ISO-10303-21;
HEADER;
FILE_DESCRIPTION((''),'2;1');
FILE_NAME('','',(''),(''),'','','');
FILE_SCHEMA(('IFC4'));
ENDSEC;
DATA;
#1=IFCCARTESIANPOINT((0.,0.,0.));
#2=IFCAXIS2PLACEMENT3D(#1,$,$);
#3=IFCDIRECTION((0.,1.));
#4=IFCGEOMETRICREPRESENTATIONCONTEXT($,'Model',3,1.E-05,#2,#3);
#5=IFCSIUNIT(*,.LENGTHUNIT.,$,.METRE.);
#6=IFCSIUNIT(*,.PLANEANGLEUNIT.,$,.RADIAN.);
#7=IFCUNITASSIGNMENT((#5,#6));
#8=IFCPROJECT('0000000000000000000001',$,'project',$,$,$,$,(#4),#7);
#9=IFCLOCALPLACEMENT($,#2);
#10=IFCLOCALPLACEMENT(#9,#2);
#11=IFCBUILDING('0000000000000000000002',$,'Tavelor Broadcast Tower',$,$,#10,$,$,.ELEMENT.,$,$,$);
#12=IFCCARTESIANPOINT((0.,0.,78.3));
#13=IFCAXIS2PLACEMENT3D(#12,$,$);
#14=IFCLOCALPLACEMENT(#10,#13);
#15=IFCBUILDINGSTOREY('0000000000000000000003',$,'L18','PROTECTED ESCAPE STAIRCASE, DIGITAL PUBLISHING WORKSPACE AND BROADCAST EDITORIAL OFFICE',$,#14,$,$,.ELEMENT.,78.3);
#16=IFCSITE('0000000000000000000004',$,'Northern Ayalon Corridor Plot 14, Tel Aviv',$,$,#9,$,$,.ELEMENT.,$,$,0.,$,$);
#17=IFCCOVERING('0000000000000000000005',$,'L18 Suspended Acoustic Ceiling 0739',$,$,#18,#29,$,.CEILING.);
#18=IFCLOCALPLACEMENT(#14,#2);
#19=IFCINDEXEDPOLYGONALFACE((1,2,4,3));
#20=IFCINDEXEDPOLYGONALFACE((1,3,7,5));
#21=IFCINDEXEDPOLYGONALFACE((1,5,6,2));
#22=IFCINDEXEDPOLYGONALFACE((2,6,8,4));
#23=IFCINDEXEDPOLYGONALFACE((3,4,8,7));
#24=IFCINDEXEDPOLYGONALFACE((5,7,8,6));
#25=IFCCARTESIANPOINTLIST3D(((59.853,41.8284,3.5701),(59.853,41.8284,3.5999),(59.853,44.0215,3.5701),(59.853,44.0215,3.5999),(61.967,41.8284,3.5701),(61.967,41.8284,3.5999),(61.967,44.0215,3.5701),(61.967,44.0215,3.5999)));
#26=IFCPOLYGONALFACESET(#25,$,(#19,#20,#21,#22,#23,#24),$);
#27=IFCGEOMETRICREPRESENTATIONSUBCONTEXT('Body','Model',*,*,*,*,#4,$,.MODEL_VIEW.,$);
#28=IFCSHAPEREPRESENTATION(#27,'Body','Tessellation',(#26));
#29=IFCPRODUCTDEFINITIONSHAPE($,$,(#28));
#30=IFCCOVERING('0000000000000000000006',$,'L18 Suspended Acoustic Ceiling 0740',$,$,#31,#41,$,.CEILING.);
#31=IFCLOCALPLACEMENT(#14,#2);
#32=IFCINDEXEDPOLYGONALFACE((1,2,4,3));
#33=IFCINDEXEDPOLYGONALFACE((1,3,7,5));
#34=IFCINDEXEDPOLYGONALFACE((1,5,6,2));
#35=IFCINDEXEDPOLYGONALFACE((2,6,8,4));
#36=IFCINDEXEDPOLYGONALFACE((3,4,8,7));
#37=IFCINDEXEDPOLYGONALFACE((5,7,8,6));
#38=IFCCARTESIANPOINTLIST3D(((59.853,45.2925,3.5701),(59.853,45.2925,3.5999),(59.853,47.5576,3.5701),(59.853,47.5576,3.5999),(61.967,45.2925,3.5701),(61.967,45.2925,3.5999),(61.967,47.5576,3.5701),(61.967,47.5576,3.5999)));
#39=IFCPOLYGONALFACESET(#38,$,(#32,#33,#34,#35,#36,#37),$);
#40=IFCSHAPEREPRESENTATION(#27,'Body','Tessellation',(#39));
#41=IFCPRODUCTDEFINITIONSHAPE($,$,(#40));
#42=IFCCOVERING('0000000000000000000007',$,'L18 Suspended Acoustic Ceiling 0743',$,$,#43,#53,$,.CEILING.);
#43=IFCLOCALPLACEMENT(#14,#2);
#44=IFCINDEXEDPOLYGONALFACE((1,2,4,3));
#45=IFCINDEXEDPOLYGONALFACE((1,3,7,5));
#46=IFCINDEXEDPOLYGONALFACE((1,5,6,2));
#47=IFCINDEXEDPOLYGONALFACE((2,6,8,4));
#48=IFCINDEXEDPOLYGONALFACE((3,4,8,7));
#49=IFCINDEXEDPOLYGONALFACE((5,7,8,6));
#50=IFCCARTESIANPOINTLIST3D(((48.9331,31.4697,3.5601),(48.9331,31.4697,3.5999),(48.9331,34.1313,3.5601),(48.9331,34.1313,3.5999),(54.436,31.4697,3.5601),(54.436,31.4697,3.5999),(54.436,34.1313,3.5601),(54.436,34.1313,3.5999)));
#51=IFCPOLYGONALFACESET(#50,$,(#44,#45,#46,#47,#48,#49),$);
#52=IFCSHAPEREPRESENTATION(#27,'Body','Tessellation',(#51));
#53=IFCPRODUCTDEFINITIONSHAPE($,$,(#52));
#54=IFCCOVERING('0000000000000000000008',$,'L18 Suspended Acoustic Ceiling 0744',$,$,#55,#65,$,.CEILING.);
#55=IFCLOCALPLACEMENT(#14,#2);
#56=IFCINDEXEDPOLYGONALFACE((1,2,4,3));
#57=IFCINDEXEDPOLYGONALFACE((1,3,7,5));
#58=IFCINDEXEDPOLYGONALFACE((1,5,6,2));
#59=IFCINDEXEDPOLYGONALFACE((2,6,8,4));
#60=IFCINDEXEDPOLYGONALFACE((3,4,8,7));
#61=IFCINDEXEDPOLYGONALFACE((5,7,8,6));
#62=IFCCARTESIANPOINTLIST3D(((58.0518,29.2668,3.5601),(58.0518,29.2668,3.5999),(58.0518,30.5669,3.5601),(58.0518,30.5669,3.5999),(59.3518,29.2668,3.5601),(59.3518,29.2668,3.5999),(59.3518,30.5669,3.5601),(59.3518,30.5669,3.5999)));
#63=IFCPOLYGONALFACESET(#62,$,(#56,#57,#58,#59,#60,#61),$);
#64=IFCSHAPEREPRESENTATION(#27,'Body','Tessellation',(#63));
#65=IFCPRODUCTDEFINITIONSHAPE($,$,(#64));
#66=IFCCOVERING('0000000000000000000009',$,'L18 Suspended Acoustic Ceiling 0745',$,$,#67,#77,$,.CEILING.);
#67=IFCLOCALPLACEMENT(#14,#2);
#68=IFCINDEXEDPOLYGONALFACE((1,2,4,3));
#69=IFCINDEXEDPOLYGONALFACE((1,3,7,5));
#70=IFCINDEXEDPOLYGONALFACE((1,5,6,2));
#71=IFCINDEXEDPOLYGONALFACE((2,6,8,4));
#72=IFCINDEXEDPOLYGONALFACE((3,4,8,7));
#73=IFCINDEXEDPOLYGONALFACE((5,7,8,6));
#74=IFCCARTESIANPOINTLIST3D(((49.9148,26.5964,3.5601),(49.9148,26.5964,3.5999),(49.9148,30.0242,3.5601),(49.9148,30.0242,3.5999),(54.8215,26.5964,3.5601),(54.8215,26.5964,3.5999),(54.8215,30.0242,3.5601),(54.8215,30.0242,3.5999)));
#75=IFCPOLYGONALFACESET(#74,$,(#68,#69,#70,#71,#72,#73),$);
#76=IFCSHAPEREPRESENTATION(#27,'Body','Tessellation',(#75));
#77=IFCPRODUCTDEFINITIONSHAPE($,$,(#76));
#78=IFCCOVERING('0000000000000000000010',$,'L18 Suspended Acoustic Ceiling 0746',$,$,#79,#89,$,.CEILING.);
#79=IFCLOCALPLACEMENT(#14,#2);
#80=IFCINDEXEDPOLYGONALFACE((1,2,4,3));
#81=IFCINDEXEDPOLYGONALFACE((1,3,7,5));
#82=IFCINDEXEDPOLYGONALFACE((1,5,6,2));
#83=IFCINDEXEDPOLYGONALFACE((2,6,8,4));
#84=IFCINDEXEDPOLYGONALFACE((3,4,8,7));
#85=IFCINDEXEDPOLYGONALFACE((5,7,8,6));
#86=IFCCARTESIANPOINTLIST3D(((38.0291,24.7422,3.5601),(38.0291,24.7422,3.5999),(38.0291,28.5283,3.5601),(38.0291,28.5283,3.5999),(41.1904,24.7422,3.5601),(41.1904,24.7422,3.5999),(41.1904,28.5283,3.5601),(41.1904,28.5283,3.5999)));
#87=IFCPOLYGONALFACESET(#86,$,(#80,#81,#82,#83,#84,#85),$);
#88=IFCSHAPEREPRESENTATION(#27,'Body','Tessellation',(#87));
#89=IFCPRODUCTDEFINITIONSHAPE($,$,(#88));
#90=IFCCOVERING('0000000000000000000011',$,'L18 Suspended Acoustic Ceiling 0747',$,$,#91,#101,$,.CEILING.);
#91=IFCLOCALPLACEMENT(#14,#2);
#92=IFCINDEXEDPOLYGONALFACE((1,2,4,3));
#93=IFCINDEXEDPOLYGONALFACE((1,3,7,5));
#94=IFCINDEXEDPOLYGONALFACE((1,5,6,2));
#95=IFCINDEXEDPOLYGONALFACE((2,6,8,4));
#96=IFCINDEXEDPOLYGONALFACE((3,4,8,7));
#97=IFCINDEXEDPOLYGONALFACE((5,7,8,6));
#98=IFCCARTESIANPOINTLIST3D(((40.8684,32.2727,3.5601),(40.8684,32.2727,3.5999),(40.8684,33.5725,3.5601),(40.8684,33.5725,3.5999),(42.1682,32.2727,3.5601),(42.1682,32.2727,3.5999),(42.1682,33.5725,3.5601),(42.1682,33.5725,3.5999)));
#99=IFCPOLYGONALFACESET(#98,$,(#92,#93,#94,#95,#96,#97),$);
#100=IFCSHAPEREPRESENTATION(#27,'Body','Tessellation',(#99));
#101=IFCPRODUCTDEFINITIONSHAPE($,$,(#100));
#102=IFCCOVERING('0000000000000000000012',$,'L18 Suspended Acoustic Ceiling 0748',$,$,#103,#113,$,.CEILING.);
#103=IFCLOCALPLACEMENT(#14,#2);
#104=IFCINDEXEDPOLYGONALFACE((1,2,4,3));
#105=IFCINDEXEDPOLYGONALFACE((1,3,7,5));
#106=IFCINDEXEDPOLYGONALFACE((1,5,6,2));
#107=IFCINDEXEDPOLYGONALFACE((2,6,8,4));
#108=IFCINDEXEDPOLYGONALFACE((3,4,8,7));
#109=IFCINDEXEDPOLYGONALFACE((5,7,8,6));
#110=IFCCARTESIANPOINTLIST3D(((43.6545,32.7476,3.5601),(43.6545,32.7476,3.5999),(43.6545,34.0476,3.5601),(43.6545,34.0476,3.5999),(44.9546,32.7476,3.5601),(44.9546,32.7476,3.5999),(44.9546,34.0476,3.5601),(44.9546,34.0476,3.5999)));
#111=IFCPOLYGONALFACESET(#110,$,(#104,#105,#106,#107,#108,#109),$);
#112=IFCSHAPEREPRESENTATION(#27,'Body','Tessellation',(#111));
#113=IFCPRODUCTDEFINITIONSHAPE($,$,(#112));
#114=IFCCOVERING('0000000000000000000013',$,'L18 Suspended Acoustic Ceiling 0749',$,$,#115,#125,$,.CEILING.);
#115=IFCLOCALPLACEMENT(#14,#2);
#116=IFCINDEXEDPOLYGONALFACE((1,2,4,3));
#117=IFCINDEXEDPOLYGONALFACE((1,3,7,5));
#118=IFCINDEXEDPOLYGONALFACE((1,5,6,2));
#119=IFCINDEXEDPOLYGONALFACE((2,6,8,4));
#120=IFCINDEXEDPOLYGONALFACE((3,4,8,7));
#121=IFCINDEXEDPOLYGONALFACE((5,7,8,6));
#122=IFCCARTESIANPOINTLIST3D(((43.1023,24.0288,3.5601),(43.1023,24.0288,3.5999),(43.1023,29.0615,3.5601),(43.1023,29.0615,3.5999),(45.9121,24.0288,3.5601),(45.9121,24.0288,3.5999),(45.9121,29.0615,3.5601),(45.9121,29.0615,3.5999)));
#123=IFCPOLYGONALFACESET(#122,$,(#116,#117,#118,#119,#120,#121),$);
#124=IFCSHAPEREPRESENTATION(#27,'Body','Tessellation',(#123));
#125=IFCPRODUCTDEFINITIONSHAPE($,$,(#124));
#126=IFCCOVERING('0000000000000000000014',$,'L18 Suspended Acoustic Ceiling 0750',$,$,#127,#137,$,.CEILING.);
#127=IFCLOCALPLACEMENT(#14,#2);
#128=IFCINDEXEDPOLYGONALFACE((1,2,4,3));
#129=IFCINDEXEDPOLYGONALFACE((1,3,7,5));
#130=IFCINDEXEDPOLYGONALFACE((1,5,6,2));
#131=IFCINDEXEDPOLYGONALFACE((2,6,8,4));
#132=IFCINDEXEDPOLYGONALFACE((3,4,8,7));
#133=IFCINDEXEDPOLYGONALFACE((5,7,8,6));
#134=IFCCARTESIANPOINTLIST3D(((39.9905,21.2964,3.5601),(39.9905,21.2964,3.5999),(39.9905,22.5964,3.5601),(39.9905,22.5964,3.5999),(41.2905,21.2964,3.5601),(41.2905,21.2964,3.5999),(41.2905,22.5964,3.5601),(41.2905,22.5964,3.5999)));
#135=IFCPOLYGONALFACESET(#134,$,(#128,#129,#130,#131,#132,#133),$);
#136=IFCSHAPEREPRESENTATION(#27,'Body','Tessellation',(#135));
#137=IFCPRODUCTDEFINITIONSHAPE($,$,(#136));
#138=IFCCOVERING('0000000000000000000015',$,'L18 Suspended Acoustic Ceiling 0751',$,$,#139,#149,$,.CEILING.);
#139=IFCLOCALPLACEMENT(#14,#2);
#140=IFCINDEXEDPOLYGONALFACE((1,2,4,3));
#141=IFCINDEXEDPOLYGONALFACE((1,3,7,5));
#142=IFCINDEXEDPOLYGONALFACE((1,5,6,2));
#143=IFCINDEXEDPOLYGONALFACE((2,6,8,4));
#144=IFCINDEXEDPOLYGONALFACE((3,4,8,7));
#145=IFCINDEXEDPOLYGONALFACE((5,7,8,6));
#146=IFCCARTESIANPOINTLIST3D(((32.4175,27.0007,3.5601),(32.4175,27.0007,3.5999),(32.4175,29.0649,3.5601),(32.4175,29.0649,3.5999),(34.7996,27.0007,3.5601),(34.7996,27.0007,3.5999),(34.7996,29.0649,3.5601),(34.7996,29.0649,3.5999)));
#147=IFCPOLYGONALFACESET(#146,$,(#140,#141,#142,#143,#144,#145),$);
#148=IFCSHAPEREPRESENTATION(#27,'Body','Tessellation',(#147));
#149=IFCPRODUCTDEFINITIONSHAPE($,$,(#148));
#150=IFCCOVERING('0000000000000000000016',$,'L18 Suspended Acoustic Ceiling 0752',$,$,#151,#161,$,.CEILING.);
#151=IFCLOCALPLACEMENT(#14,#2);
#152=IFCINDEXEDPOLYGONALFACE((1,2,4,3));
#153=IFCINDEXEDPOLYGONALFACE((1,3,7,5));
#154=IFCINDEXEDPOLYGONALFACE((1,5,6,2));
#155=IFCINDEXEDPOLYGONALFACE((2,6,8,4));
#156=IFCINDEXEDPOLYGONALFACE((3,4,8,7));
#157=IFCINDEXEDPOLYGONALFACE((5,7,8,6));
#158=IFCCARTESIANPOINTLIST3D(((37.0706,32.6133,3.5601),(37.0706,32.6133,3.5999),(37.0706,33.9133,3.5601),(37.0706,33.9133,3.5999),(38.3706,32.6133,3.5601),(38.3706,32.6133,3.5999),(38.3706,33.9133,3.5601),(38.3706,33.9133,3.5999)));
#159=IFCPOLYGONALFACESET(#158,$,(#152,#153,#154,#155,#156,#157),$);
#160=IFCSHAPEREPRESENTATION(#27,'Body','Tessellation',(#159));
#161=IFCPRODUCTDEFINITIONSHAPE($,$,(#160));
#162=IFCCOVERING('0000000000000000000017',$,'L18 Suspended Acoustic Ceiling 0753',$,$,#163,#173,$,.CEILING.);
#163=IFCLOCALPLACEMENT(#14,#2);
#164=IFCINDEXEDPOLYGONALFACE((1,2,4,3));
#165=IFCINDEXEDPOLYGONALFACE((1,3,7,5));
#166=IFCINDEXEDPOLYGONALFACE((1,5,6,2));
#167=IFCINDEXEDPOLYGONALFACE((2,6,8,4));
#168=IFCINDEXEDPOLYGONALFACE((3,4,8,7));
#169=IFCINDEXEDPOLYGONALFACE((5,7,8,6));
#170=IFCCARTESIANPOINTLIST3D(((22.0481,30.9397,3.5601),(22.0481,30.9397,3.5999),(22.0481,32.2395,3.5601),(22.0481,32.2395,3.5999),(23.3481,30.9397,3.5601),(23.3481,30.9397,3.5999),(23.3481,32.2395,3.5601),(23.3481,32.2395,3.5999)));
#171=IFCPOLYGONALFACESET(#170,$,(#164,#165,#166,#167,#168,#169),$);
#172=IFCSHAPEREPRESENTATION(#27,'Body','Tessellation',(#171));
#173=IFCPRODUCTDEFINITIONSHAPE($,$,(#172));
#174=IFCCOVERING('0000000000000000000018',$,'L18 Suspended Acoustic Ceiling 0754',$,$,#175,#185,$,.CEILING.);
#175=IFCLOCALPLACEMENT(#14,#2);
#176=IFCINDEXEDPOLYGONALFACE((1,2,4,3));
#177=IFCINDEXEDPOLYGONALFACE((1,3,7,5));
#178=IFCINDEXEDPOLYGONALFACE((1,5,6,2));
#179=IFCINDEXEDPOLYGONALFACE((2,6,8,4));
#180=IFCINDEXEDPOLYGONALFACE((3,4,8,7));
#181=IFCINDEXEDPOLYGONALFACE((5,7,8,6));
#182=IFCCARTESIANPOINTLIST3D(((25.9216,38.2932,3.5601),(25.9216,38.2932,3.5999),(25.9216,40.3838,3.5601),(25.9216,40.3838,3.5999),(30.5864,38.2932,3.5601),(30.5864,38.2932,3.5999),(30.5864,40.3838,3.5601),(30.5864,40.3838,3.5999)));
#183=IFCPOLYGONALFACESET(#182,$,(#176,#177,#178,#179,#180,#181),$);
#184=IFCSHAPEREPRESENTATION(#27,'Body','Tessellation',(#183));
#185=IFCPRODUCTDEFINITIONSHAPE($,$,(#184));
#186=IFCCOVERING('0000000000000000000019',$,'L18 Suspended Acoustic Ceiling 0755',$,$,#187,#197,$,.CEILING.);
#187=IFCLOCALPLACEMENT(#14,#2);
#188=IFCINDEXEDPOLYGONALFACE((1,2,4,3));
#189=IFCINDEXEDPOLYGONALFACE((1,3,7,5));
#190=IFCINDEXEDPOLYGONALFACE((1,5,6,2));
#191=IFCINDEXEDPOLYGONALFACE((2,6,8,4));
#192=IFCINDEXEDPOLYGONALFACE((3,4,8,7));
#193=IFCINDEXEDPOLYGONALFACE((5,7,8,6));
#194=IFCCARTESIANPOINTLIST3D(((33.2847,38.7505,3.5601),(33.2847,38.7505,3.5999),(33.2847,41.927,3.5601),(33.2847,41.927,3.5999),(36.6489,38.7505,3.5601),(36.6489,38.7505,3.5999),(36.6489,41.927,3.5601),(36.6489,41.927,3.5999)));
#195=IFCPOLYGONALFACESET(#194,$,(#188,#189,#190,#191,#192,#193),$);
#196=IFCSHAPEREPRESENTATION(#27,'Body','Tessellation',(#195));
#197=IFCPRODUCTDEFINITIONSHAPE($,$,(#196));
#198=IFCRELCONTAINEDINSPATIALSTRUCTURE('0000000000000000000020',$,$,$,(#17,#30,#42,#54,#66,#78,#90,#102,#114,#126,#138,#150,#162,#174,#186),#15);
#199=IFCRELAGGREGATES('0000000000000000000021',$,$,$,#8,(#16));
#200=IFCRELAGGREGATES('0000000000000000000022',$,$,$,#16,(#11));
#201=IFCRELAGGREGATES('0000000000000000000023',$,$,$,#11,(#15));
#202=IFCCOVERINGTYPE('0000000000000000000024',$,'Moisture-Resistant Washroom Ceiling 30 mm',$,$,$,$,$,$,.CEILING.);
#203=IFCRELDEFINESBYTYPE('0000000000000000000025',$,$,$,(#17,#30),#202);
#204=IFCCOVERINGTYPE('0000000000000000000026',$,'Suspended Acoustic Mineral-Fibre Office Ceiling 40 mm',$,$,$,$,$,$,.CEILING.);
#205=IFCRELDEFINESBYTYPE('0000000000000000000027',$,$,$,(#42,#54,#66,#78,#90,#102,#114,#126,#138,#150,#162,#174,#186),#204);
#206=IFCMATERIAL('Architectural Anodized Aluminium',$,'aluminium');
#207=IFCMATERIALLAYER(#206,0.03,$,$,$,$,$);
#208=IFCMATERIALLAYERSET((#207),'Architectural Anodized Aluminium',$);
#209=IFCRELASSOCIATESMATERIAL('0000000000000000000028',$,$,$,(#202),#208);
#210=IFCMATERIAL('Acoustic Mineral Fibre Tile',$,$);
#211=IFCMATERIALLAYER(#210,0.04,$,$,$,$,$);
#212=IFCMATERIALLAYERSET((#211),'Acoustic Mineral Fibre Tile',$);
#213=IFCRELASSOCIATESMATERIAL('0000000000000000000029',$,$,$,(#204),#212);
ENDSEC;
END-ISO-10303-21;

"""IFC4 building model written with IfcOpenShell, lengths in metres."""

from ifc_helpers import new_model, si_unit, direction, frame, origin, place, context, subcontext, project, spatial, polyline, outline, extrude, material, layer, layer_set, type_object, element, save


model = new_model("IFC4")

# Units and contexts
model_context = context("Model", 3, precision=1e-05, world=origin(), true_north=direction((0.0, 1.0)))
body_context = subcontext(model_context, "Body", "Model", "MODEL_VIEW")
ifc_project = project(units=[si_unit("LENGTHUNIT", "METRE"), si_unit("PLANEANGLEUNIT", "RADIAN")], contexts=[model_context])

# Site, building, storey
site_placement = place(None, origin())
site = spatial("IfcSite", under=ifc_project, at=site_placement, Name="Northern Ayalon Corridor Plot 14, Tel Aviv", CompositionType="ELEMENT", RefElevation=0.0)
building_placement = place(site_placement, origin())
building = spatial("IfcBuilding", under=site, at=building_placement, Name="Tavelor Broadcast Tower", CompositionType="ELEMENT")
storey_placement = place(building_placement, frame((0.0, 0.0, 78.3)))
storey = spatial("IfcBuildingStorey", under=building, at=storey_placement, Name="L18", Description="PROTECTED ESCAPE STAIRCASE, DIGITAL PUBLISHING WORKSPACE AND BROADCAST EDITORIAL OFFICE", CompositionType="ELEMENT", Elevation=78.3)

# Coverings
ifc_material_1 = material(Name="Architectural Anodized Aluminium", Category="aluminium")
ifc_layer_1 = layer(ifc_material_1, 0.03)
ifc_layer_set_1 = layer_set([ifc_layer_1], Name="Architectural Anodized Aluminium")
covering_type_1 = type_object("IfcCoveringType", Name="Moisture-Resistant Washroom Ceiling 30 mm", PredefinedType="CEILING", material=ifc_layer_set_1)
covering_1_placement = place(storey_placement, frame((0.0, 0.0, 3.5701)))
element("IfcCovering", 1, at=covering_1_placement, inside=storey, type_object=covering_type_1, Name="L18 Suspended Acoustic Ceiling 0739", PredefinedType="CEILING", context=body_context, shape_type="SweptSolid", body=[
    extrude(outline(polyline([(59.853, 41.8284), (61.967, 41.8284), (61.967, 44.0215), (59.853, 44.0215), (59.853, 41.8284)])), origin(), (0.0, 0.0, 1.0), 0.0298),
])
covering_2_placement = place(storey_placement, frame((0.0, 0.0, 3.5701)))
element("IfcCovering", 2, at=covering_2_placement, inside=storey, type_object=covering_type_1, Name="L18 Suspended Acoustic Ceiling 0740", PredefinedType="CEILING", context=body_context, shape_type="SweptSolid", body=[
    extrude(outline(polyline([(59.853, 45.2925), (61.967, 45.2925), (61.967, 47.5576), (59.853, 47.5576), (59.853, 45.2925)])), origin(), (0.0, 0.0, 1.0), 0.0298),
])
ifc_material_2 = material(Name="Acoustic Mineral Fibre Tile")
ifc_layer_2 = layer(ifc_material_2, 0.04)
ifc_layer_set_2 = layer_set([ifc_layer_2], Name="Acoustic Mineral Fibre Tile")
covering_type_2 = type_object("IfcCoveringType", Name="Suspended Acoustic Mineral-Fibre Office Ceiling 40 mm", PredefinedType="CEILING", material=ifc_layer_set_2)
covering_3_placement = place(storey_placement, frame((0.0, 0.0, 3.5601)))
element("IfcCovering", 3, at=covering_3_placement, inside=storey, type_object=covering_type_2, Name="L18 Suspended Acoustic Ceiling 0743", PredefinedType="CEILING", context=body_context, shape_type="SweptSolid", body=[
    extrude(outline(polyline([(48.9331, 31.4697), (54.436, 31.4697), (54.436, 34.1313), (48.9331, 34.1313), (48.9331, 31.4697)])), origin(), (0.0, 0.0, 1.0), 0.0398),
])
covering_4_placement = place(storey_placement, frame((0.0, 0.0, 3.5601)))
element("IfcCovering", 4, at=covering_4_placement, inside=storey, type_object=covering_type_2, Name="L18 Suspended Acoustic Ceiling 0744", PredefinedType="CEILING", context=body_context, shape_type="SweptSolid", body=[
    extrude(outline(polyline([(58.0518, 29.2668), (59.3518, 29.2668), (59.3518, 30.5669), (58.0518, 30.5669), (58.0518, 29.2668)])), origin(), (0.0, 0.0, 1.0), 0.0398),
])
covering_5_placement = place(storey_placement, frame((0.0, 0.0, 3.5601)))
element("IfcCovering", 5, at=covering_5_placement, inside=storey, type_object=covering_type_2, Name="L18 Suspended Acoustic Ceiling 0745", PredefinedType="CEILING", context=body_context, shape_type="SweptSolid", body=[
    extrude(outline(polyline([(49.9148, 26.5964), (54.8215, 26.5964), (54.8215, 30.0242), (49.9148, 30.0242), (49.9148, 26.5964)])), origin(), (0.0, 0.0, 1.0), 0.0398),
])
covering_6_placement = place(storey_placement, frame((0.0, 0.0, 3.5601)))
element("IfcCovering", 6, at=covering_6_placement, inside=storey, type_object=covering_type_2, Name="L18 Suspended Acoustic Ceiling 0746", PredefinedType="CEILING", context=body_context, shape_type="SweptSolid", body=[
    extrude(outline(polyline([(38.0291, 24.7422), (41.1904, 24.7422), (41.1904, 28.5283), (38.0291, 28.5283), (38.0291, 24.7422)])), origin(), (0.0, 0.0, 1.0), 0.0398),
])
covering_7_placement = place(storey_placement, frame((0.0, 0.0, 3.5601)))
element("IfcCovering", 7, at=covering_7_placement, inside=storey, type_object=covering_type_2, Name="L18 Suspended Acoustic Ceiling 0747", PredefinedType="CEILING", context=body_context, shape_type="SweptSolid", body=[
    extrude(outline(polyline([(40.8684, 32.2727), (42.1682, 32.2727), (42.1682, 33.5725), (40.8684, 33.5725), (40.8684, 32.2727)])), origin(), (0.0, 0.0, 1.0), 0.0398),
])
covering_8_placement = place(storey_placement, frame((0.0, 0.0, 3.5601)))
element("IfcCovering", 8, at=covering_8_placement, inside=storey, type_object=covering_type_2, Name="L18 Suspended Acoustic Ceiling 0748", PredefinedType="CEILING", context=body_context, shape_type="SweptSolid", body=[
    extrude(outline(polyline([(43.6545, 32.7476), (44.9546, 32.7476), (44.9546, 34.0476), (43.6545, 34.0476), (43.6545, 32.7476)])), origin(), (0.0, 0.0, 1.0), 0.0398),
])
covering_9_placement = place(storey_placement, frame((0.0, 0.0, 3.5601)))
element("IfcCovering", 9, at=covering_9_placement, inside=storey, type_object=covering_type_2, Name="L18 Suspended Acoustic Ceiling 0749", PredefinedType="CEILING", context=body_context, shape_type="SweptSolid", body=[
    extrude(outline(polyline([(43.1023, 24.0288), (45.9121, 24.0288), (45.9121, 29.0615), (43.1023, 29.0615), (43.1023, 24.0288)])), origin(), (0.0, 0.0, 1.0), 0.0398),
])
covering_10_placement = place(storey_placement, frame((0.0, 0.0, 3.5601)))
element("IfcCovering", 10, at=covering_10_placement, inside=storey, type_object=covering_type_2, Name="L18 Suspended Acoustic Ceiling 0750", PredefinedType="CEILING", context=body_context, shape_type="SweptSolid", body=[
    extrude(outline(polyline([(39.9905, 21.2964), (41.2905, 21.2964), (41.2905, 22.5964), (39.9905, 22.5964), (39.9905, 21.2964)])), origin(), (0.0, 0.0, 1.0), 0.0398),
])
covering_11_placement = place(storey_placement, frame((0.0, 0.0, 3.5601)))
element("IfcCovering", 11, at=covering_11_placement, inside=storey, type_object=covering_type_2, Name="L18 Suspended Acoustic Ceiling 0751", PredefinedType="CEILING", context=body_context, shape_type="SweptSolid", body=[
    extrude(outline(polyline([(32.4175, 27.0007), (34.7996, 27.0007), (34.7996, 29.0649), (32.4175, 29.0649), (32.4175, 27.0007)])), origin(), (0.0, 0.0, 1.0), 0.0398),
])
covering_12_placement = place(storey_placement, frame((0.0, 0.0, 3.5601)))
element("IfcCovering", 12, at=covering_12_placement, inside=storey, type_object=covering_type_2, Name="L18 Suspended Acoustic Ceiling 0752", PredefinedType="CEILING", context=body_context, shape_type="SweptSolid", body=[
    extrude(outline(polyline([(37.0706, 32.6133), (38.3706, 32.6133), (38.3706, 33.9133), (37.0706, 33.9133), (37.0706, 32.6133)])), origin(), (0.0, 0.0, 1.0), 0.0398),
])
covering_13_placement = place(storey_placement, frame((0.0, 0.0, 3.5601)))
element("IfcCovering", 13, at=covering_13_placement, inside=storey, type_object=covering_type_2, Name="L18 Suspended Acoustic Ceiling 0753", PredefinedType="CEILING", context=body_context, shape_type="SweptSolid", body=[
    extrude(outline(polyline([(22.0481, 30.9397), (23.3481, 30.9397), (23.3481, 32.2395), (22.0481, 32.2395), (22.0481, 30.9397)])), origin(), (0.0, 0.0, 1.0), 0.0398),
])
covering_14_placement = place(storey_placement, frame((0.0, 0.0, 3.5601)))
element("IfcCovering", 14, at=covering_14_placement, inside=storey, type_object=covering_type_2, Name="L18 Suspended Acoustic Ceiling 0754", PredefinedType="CEILING", context=body_context, shape_type="SweptSolid", body=[
    extrude(outline(polyline([(25.9216, 38.2932), (30.5864, 38.2932), (30.5864, 40.3838), (25.9216, 40.3838), (25.9216, 38.2932)])), origin(), (0.0, 0.0, 1.0), 0.0398),
])
covering_15_placement = place(storey_placement, frame((0.0, 0.0, 3.5601)))
element("IfcCovering", 15, at=covering_15_placement, inside=storey, type_object=covering_type_2, Name="L18 Suspended Acoustic Ceiling 0755", PredefinedType="CEILING", context=body_context, shape_type="SweptSolid", body=[
    extrude(outline(polyline([(33.2847, 38.7505), (36.6489, 38.7505), (36.6489, 41.927), (33.2847, 41.927), (33.2847, 38.7505)])), origin(), (0.0, 0.0, 1.0), 0.0398),
])

save(model, "model.ifc")
